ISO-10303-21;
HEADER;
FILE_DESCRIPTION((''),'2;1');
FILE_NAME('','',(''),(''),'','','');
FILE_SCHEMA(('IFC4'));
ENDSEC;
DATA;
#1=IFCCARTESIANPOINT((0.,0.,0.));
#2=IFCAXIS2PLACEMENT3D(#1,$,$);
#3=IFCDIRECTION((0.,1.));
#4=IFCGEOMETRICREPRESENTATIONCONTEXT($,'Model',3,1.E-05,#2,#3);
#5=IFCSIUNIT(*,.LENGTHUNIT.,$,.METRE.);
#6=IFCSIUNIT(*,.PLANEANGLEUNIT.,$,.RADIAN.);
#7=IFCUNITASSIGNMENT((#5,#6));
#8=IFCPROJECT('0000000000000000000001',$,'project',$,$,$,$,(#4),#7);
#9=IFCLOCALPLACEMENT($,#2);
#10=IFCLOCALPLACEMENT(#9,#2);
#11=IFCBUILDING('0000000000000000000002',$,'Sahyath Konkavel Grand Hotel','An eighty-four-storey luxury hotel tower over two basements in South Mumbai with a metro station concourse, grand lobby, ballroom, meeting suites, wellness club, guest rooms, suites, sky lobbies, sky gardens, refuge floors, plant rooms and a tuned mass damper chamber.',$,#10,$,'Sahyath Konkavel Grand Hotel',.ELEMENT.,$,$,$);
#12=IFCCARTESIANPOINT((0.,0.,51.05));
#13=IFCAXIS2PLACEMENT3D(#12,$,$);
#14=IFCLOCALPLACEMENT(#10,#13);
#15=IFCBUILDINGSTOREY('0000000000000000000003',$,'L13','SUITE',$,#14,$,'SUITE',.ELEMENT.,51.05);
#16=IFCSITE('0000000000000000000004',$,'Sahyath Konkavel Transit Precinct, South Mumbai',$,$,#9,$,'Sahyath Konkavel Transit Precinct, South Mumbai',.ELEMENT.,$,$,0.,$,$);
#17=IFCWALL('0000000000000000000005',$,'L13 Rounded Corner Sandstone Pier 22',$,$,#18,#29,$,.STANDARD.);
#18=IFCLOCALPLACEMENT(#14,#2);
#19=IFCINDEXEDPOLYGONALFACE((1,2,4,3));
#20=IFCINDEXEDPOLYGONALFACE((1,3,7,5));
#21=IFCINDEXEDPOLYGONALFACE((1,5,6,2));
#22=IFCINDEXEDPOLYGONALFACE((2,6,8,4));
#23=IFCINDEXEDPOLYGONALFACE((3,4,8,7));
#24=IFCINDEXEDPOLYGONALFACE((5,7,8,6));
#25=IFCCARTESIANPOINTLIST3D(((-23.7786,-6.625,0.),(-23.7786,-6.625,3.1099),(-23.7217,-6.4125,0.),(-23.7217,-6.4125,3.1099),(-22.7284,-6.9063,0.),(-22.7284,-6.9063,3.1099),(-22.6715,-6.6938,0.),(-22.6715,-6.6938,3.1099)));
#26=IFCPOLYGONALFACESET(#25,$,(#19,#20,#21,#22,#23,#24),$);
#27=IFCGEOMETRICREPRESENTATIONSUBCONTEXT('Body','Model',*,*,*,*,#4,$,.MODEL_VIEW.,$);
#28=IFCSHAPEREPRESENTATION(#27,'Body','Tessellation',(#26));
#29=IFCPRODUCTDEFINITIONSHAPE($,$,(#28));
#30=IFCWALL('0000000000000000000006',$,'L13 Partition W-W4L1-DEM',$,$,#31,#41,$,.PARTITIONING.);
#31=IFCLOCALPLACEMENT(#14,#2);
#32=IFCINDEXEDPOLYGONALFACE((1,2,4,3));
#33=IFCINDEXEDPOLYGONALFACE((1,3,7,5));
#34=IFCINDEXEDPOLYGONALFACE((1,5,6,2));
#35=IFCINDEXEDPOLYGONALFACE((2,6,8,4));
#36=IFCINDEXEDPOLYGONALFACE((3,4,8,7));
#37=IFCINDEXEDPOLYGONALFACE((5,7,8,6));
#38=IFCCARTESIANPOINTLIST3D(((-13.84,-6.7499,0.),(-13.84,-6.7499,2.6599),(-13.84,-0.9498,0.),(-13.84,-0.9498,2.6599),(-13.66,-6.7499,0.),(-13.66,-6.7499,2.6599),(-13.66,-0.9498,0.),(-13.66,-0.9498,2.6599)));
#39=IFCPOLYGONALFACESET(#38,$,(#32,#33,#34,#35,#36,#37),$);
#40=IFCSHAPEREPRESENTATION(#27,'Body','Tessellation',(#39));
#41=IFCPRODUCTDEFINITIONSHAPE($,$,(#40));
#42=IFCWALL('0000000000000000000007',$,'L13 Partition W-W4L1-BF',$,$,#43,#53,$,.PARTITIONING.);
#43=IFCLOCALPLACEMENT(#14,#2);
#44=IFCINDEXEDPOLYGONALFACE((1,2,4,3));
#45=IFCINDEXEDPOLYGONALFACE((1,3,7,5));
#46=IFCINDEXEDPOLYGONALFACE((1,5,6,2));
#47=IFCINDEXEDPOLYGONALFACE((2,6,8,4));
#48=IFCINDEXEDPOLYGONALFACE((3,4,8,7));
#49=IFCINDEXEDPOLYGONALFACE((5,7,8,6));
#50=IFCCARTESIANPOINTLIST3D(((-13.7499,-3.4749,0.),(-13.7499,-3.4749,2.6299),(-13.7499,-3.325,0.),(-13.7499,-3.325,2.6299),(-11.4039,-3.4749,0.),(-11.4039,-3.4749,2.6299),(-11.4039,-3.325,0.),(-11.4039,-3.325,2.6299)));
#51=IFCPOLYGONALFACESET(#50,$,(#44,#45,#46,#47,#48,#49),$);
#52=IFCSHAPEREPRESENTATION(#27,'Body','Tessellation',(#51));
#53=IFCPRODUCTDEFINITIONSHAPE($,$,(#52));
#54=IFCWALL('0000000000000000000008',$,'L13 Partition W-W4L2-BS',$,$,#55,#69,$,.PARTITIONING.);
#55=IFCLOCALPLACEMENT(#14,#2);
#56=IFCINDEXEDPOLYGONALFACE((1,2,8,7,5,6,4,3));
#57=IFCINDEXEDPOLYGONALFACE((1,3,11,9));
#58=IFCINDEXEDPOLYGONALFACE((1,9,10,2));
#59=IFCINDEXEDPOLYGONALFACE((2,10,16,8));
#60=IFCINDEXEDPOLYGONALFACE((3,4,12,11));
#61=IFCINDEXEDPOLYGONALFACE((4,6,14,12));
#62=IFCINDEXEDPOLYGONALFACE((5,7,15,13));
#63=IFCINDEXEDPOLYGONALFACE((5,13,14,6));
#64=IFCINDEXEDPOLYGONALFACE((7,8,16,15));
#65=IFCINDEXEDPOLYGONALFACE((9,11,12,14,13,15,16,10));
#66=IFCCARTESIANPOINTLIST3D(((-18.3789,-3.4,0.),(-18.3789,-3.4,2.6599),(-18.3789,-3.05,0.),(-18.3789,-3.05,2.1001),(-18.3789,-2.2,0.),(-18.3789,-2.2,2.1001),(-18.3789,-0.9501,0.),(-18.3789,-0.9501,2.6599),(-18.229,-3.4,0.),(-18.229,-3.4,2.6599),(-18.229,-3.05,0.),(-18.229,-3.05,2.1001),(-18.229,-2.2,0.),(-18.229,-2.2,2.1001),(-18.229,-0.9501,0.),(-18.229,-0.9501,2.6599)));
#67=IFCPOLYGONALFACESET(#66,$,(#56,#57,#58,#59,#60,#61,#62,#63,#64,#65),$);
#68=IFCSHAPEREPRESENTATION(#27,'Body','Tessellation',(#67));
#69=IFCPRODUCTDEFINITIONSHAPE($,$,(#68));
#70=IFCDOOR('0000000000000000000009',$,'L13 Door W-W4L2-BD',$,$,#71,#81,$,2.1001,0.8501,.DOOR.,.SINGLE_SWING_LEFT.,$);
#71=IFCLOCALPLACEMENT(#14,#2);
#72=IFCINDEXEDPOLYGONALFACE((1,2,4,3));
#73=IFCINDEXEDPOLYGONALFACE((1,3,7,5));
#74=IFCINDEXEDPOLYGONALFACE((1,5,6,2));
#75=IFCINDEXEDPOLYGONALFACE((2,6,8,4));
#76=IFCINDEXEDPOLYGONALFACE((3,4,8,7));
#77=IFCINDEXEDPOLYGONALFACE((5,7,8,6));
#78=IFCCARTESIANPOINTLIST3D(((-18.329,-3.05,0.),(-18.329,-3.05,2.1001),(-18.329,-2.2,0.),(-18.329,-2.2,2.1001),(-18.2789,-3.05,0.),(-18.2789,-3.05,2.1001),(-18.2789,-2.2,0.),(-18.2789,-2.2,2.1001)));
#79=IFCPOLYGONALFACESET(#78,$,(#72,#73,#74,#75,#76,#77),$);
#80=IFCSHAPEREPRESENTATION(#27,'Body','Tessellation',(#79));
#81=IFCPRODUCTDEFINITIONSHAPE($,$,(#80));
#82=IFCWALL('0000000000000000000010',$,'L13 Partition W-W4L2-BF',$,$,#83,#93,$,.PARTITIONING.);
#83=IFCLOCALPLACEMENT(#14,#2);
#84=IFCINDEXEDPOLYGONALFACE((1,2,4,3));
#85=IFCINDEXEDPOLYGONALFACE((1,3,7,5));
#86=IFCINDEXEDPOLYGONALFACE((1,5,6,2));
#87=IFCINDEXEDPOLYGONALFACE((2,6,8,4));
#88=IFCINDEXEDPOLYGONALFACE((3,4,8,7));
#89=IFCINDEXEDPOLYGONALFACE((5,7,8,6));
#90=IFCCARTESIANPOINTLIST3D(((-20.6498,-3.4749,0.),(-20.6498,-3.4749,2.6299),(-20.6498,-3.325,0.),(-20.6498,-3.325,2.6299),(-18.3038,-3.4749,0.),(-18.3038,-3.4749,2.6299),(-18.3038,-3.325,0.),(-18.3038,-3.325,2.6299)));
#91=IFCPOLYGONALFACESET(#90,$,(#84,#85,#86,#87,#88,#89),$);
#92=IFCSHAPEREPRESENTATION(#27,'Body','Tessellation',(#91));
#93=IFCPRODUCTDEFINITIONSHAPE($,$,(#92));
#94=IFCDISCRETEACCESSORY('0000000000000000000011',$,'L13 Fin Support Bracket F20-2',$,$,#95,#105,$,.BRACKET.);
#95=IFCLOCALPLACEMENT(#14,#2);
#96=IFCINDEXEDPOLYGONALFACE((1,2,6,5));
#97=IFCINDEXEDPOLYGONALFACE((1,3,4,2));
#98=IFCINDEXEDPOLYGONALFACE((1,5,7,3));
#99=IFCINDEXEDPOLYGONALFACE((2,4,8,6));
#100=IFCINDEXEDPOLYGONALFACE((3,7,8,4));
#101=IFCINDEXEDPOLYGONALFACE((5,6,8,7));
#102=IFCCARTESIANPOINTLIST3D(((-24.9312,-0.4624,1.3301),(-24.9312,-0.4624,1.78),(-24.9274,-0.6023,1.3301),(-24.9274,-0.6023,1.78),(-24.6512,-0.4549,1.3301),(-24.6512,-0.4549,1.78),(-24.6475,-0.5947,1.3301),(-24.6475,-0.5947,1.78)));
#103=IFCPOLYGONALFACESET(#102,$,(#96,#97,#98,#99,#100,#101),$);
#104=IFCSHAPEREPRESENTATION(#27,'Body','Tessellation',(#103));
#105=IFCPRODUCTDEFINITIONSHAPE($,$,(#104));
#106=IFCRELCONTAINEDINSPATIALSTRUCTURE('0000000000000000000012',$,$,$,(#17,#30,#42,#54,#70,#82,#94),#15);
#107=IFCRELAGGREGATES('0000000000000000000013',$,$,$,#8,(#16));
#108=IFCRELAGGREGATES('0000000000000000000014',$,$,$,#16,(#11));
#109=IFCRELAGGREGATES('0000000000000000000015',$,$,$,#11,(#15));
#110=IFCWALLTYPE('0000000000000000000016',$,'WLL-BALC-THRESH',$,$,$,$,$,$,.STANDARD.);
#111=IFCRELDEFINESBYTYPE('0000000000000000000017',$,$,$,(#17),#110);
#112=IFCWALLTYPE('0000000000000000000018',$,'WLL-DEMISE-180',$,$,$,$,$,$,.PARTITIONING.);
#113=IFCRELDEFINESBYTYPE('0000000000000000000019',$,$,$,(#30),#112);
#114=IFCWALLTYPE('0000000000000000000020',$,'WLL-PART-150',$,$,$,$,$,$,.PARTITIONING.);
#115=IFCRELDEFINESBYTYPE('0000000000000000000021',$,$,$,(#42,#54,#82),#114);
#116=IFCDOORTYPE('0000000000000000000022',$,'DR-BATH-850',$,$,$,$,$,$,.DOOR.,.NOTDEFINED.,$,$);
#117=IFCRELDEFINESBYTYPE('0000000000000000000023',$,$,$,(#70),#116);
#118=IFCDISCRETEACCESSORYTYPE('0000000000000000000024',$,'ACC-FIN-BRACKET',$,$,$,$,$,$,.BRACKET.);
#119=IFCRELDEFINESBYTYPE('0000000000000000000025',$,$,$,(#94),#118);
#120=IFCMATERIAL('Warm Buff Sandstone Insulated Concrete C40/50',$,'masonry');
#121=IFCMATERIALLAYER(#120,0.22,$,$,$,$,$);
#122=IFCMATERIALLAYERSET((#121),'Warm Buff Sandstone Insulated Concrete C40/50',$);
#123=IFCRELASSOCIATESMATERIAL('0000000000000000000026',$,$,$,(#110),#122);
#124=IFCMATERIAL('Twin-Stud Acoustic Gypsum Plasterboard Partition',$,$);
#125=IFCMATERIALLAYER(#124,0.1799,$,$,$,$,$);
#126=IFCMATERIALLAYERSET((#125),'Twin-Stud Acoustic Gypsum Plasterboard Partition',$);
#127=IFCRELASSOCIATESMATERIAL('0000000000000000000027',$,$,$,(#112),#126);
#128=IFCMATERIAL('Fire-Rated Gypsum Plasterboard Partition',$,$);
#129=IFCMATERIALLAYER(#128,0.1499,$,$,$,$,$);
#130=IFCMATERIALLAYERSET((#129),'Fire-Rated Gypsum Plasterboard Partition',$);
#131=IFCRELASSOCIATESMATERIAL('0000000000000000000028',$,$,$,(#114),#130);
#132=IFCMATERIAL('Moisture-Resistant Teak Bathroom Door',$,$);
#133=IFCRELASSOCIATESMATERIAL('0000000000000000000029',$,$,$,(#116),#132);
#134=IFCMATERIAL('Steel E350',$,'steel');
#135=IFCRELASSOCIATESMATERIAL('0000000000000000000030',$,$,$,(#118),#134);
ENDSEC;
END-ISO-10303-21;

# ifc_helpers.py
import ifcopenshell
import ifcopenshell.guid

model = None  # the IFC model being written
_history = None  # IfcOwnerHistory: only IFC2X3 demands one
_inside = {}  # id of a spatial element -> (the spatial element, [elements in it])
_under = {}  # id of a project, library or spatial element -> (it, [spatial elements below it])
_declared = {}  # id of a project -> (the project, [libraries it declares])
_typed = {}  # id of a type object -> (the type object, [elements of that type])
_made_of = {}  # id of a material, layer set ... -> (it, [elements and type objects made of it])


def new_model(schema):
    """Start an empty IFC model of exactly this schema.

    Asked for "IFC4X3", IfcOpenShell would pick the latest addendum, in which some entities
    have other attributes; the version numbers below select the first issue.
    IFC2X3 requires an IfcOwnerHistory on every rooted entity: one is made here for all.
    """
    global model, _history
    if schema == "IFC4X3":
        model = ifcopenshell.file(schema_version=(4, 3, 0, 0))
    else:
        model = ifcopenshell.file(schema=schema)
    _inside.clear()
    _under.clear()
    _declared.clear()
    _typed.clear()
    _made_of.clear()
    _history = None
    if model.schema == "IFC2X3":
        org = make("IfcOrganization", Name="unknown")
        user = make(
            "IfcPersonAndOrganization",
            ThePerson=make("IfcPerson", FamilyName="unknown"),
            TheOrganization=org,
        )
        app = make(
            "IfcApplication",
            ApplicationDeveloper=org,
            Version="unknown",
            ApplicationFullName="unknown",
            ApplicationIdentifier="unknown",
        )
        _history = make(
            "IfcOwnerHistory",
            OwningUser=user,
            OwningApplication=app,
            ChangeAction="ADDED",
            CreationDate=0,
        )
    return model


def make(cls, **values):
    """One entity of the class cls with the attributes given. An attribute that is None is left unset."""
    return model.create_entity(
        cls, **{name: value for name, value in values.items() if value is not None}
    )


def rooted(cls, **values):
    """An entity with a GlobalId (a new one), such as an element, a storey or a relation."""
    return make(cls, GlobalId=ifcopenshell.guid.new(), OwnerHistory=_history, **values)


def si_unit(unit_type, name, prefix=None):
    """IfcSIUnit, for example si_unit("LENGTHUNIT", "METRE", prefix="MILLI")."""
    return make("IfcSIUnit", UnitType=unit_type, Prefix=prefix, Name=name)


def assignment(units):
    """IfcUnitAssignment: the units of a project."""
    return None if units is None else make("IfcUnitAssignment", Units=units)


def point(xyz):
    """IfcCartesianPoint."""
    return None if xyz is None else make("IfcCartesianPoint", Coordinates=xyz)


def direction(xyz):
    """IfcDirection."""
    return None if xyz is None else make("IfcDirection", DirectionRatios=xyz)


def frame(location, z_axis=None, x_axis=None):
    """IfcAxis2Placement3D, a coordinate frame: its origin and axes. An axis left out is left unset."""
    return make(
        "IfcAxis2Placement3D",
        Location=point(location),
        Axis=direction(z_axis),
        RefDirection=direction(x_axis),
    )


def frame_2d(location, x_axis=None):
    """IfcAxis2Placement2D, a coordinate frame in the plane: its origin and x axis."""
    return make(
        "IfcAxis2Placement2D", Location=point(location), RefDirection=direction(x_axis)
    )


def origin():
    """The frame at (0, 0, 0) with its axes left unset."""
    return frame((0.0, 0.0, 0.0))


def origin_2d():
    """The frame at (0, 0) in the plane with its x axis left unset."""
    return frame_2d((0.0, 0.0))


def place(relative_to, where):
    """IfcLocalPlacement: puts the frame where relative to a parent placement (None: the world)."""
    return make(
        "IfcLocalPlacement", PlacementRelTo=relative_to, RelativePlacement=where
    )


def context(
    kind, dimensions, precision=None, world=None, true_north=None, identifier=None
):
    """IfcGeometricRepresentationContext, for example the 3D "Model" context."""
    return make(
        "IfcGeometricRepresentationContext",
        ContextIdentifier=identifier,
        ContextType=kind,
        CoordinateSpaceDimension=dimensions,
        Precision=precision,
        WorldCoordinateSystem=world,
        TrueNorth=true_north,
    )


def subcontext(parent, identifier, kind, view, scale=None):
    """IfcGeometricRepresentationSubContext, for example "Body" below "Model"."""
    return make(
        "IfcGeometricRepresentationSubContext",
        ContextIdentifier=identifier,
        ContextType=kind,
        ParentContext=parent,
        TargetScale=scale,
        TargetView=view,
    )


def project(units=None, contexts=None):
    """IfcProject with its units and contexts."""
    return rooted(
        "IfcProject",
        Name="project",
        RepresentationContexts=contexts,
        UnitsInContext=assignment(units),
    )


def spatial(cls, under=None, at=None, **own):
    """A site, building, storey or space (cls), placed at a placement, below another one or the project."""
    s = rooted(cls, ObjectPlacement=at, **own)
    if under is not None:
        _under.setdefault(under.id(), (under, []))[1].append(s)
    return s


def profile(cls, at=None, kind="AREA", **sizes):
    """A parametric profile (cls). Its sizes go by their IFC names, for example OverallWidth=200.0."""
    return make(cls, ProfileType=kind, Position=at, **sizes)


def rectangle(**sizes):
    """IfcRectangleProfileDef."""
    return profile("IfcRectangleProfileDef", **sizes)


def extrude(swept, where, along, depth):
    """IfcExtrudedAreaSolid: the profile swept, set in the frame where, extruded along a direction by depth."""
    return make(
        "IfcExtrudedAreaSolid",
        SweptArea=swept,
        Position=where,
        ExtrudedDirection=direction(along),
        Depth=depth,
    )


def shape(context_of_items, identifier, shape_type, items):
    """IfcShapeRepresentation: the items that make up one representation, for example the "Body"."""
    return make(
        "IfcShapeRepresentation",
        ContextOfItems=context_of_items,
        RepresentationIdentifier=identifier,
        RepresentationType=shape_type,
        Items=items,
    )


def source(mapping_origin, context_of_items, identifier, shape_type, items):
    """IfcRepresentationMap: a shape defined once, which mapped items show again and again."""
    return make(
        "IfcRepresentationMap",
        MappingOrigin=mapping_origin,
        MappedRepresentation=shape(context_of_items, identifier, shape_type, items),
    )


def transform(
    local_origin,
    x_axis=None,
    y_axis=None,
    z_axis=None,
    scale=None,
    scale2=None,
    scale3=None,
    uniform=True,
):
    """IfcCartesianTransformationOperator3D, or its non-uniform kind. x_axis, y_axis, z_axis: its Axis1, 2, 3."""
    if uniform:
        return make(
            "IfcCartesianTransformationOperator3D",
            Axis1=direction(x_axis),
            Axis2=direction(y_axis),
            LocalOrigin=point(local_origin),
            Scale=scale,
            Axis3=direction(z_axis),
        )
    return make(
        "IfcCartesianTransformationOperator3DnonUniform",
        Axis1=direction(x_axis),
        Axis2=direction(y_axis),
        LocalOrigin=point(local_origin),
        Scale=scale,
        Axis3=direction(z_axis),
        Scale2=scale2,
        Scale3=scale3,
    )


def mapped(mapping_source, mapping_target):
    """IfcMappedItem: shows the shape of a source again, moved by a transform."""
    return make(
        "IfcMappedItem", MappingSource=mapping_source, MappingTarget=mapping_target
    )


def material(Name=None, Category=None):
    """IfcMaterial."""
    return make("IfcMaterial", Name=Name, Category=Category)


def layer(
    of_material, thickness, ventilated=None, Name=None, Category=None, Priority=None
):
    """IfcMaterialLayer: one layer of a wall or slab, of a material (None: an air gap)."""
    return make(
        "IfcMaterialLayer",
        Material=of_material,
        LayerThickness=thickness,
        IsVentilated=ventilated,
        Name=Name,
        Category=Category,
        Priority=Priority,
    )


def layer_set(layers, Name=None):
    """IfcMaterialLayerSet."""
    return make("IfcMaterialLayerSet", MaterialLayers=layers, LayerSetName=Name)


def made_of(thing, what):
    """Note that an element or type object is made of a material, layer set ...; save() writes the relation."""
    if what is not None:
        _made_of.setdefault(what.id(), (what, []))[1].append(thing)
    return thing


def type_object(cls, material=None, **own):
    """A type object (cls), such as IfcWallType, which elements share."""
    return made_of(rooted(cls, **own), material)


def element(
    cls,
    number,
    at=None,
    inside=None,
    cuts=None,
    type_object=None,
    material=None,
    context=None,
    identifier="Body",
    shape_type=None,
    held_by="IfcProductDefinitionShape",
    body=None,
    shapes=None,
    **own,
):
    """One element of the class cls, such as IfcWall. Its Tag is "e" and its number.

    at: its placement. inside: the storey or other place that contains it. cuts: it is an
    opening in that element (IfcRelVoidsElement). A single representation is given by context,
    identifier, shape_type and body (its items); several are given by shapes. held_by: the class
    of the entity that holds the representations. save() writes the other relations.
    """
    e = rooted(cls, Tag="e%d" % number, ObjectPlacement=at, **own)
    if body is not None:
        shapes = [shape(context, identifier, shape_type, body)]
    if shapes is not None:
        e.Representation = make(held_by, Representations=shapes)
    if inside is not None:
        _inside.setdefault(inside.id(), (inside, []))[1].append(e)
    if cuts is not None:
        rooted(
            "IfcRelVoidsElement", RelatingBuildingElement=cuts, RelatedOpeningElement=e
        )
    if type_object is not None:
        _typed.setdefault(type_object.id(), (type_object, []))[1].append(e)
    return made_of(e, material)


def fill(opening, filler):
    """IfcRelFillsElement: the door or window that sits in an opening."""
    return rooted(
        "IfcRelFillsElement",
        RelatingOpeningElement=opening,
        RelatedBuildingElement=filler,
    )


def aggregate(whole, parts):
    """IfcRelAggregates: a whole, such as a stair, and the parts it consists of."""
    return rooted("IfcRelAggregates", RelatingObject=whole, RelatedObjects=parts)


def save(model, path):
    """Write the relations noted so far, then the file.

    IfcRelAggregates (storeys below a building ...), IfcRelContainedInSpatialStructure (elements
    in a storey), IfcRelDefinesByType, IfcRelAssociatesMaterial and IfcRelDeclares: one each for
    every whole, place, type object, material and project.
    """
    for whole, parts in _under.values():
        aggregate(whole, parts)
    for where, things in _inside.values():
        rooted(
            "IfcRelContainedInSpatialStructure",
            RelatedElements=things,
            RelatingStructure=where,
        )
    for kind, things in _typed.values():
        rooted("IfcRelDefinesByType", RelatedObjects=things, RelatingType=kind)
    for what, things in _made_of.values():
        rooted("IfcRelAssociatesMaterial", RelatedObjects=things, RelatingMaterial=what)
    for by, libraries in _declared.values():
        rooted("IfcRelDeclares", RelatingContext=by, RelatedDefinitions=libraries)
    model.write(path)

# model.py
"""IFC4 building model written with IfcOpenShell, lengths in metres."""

from ifc_helpers import new_model, si_unit, direction, frame, frame_2d, origin, origin_2d, place, context, subcontext, project, spatial, rectangle, extrude, source, transform, mapped, material, layer, layer_set, type_object, element, fill, save


model = new_model("IFC4")

# Units and contexts
model_context = context("Model", 3, precision=1e-05, world=origin(), true_north=direction((0.0, 1.0)))
body_context = subcontext(model_context, "Body", "Model", "MODEL_VIEW")
ifc_project = project(units=[si_unit("LENGTHUNIT", "METRE"), si_unit("PLANEANGLEUNIT", "RADIAN")], contexts=[model_context])

# Site, building, storey
site_placement = place(None, origin())
site = spatial("IfcSite", under=ifc_project, at=site_placement, Name="Sahyath Konkavel Transit Precinct, South Mumbai", LongName="Sahyath Konkavel Transit Precinct, South Mumbai", CompositionType="ELEMENT", RefElevation=0.0)
building_placement = place(site_placement, origin())
building = spatial("IfcBuilding", under=site, at=building_placement, Name="Sahyath Konkavel Grand Hotel", Description="An eighty-four-storey luxury hotel tower over two basements in South Mumbai with a metro station concourse, grand lobby, ballroom, meeting suites, wellness club, guest rooms, suites, sky lobbies, sky gardens, refuge floors, plant rooms and a tuned mass damper chamber.", LongName="Sahyath Konkavel Grand Hotel", CompositionType="ELEMENT")
storey_placement = place(building_placement, frame((0.0, 0.0, 51.05)))
storey = spatial("IfcBuildingStorey", under=building, at=storey_placement, Name="L13", Description="SUITE", LongName="SUITE", CompositionType="ELEMENT", Elevation=51.05)

# Shared definitions
ifc_material_1 = material(Name="Steel E350", Category="steel")

# Walls
ifc_material_2 = material(Name="Warm Buff Sandstone Insulated Concrete C40/50", Category="masonry")
ifc_layer_1 = layer(ifc_material_2, 0.22)
ifc_layer_set_1 = layer_set([ifc_layer_1], Name="Warm Buff Sandstone Insulated Concrete C40/50")
wall_type_1 = type_object("IfcWallType", Name="WLL-BALC-THRESH", PredefinedType="STANDARD", material=ifc_layer_set_1)
for number, where, z_axis, x_axis, name in (
    (1, (-23.75, -6.5188, 0.0), (0.0, 0.0, 1.0), (0.965951, -0.258725, 0.0), "L13 Rounded Corner Sandstone Pier 22"),
):
    element("IfcWall", number, at=place(storey_placement, frame(where, z_axis=z_axis, x_axis=x_axis)), inside=storey, type_object=wall_type_1, Name=name, PredefinedType="STANDARD", context=body_context, shape_type="SweptSolid", body=[
        extrude(rectangle(XDim=1.0872, YDim=0.22, at=frame_2d((0.5435, 0.0))), origin(), (0.0, 0.0, 1.0), 3.1099),
    ])
ifc_material_3 = material(Name="Twin-Stud Acoustic Gypsum Plasterboard Partition")
ifc_layer_2 = layer(ifc_material_3, 0.1799)
ifc_layer_set_2 = layer_set([ifc_layer_2], Name="Twin-Stud Acoustic Gypsum Plasterboard Partition")
wall_type_2 = type_object("IfcWallType", Name="WLL-DEMISE-180", PredefinedType="PARTITIONING", material=ifc_layer_set_2)
wall_1_placement = place(storey_placement, frame((-13.75, -0.95, 0.0), z_axis=(0.0, 0.0, 1.0), x_axis=(0.0, -1.0, 0.0)))
element("IfcWall", 2, at=wall_1_placement, inside=storey, type_object=wall_type_2, Name="L13 Partition W-W4L1-DEM", PredefinedType="PARTITIONING", context=body_context, shape_type="SweptSolid", body=[
    extrude(rectangle(XDim=5.8, YDim=0.1799, at=frame_2d((2.8999, 0.0))), origin(), (0.0, 0.0, 1.0), 2.6599),
])
ifc_material_4 = material(Name="Fire-Rated Gypsum Plasterboard Partition")
ifc_layer_3 = layer(ifc_material_4, 0.1499)
ifc_layer_set_3 = layer_set([ifc_layer_3], Name="Fire-Rated Gypsum Plasterboard Partition")
wall_type_3 = type_object("IfcWallType", Name="WLL-PART-150", PredefinedType="PARTITIONING", material=ifc_layer_set_3)
wall_2_placement = place(storey_placement, frame((-11.4041, -3.3999, 0.0), z_axis=(0.0, 0.0, 1.0), x_axis=(-1.0, 0.0, 0.0)))
element("IfcWall", 3, at=wall_2_placement, inside=storey, type_object=wall_type_3, Name="L13 Partition W-W4L1-BF", PredefinedType="PARTITIONING", context=body_context, shape_type="SweptSolid", body=[
    extrude(rectangle(XDim=2.3459, YDim=0.1499, at=frame_2d((1.1729, 0.0))), origin(), (0.0, 0.0, 1.0), 2.6299),
])

# Wall, opening, door
wall_3_placement = place(storey_placement, frame((-18.304, -0.95, 0.0), z_axis=(0.0, 0.0, 1.0), x_axis=(0.0, -1.0, 0.0)))
wall_3 = element("IfcWall", 4, at=wall_3_placement, inside=storey, type_object=wall_type_3, Name="L13 Partition W-W4L2-BS", PredefinedType="PARTITIONING", context=body_context, shape_type="SweptSolid", body=[
    extrude(rectangle(XDim=2.45, YDim=0.1499, at=frame_2d((1.2251, 0.0))), origin(), (0.0, 0.0, 1.0), 2.6599),
])
opening_placement = place(wall_3_placement, frame((1.25, 0.0, 0.0)))
opening = element("IfcOpeningElement", 5, at=opening_placement, cuts=wall_3, PredefinedType="OPENING", context=body_context, shape_type="SweptSolid", body=[
    extrude(rectangle(XDim=0.8501, YDim=2.1001, at=frame_2d((0.425, 1.05))), frame((0.0, 0.085, 0.0), z_axis=(0.0, -1.0, 0.0), x_axis=(1.0, 0.0, 0.0)), (0.0, 0.0, 1.0), 0.1699),
])
ifc_material_5 = material(Name="Moisture-Resistant Teak Bathroom Door")
door_type = type_object("IfcDoorType", Name="DR-BATH-850", OperationType="NOTDEFINED", PredefinedType="DOOR", material=ifc_material_5)
shared_shape_1 = source(origin(), body_context, "Body", "SweptSolid", [
    extrude(rectangle(XDim=0.8501, YDim=0.05, at=origin_2d()), origin(), (0.0, 0.0, 1.0), 2.1001),
])
door_placement = place(opening_placement, frame((0.425, 0.0, 0.0)))
door = element("IfcDoor", 6, at=door_placement, inside=storey, type_object=door_type, Name="L13 Door W-W4L2-BD", OperationType="SINGLE_SWING_LEFT", OverallHeight=2.1001, OverallWidth=0.8501, PredefinedType="DOOR", context=body_context, shape_type="MappedRepresentation", body=[
    mapped(shared_shape_1, transform((0.0, 0.0, 0.0), scale=1.0)),
])
fill(opening, door)

# Wall
wall_4_placement = place(storey_placement, frame((-18.304, -3.3999, 0.0), z_axis=(0.0, 0.0, 1.0), x_axis=(-1.0, 0.0, 0.0)))
element("IfcWall", 7, at=wall_4_placement, inside=storey, type_object=wall_type_3, Name="L13 Partition W-W4L2-BF", PredefinedType="PARTITIONING", context=body_context, shape_type="SweptSolid", body=[
    extrude(rectangle(XDim=2.3459, YDim=0.1499, at=frame_2d((1.1729, 0.0))), origin(), (0.0, 0.0, 1.0), 2.6299),
])

# Discrete accessory
discrete_accessory_type = type_object("IfcDiscreteAccessoryType", Name="ACC-FIN-BRACKET", PredefinedType="BRACKET", material=ifc_material_1)
shared_shape_2 = source(origin(), body_context, "Body", "SweptSolid", [
    extrude(rectangle(XDim=0.28, YDim=0.1399, at=origin_2d()), origin(), (0.0, 0.0, 1.0), 0.45),
])
discrete_accessory_placement = place(storey_placement, frame((-24.7893, -0.5286, 1.3301), z_axis=(0.0, 0.0, 1.0), x_axis=(-0.999638, -0.02691, 0.0)))
element("IfcDiscreteAccessory", 8, at=discrete_accessory_placement, inside=storey, type_object=discrete_accessory_type, Name="L13 Fin Support Bracket F20-2", PredefinedType="BRACKET", context=body_context, shape_type="MappedRepresentation", body=[
    mapped(shared_shape_2, transform((0.0, 0.0, 0.0), scale=1.0)),
])

save(model, "model.ifc")
